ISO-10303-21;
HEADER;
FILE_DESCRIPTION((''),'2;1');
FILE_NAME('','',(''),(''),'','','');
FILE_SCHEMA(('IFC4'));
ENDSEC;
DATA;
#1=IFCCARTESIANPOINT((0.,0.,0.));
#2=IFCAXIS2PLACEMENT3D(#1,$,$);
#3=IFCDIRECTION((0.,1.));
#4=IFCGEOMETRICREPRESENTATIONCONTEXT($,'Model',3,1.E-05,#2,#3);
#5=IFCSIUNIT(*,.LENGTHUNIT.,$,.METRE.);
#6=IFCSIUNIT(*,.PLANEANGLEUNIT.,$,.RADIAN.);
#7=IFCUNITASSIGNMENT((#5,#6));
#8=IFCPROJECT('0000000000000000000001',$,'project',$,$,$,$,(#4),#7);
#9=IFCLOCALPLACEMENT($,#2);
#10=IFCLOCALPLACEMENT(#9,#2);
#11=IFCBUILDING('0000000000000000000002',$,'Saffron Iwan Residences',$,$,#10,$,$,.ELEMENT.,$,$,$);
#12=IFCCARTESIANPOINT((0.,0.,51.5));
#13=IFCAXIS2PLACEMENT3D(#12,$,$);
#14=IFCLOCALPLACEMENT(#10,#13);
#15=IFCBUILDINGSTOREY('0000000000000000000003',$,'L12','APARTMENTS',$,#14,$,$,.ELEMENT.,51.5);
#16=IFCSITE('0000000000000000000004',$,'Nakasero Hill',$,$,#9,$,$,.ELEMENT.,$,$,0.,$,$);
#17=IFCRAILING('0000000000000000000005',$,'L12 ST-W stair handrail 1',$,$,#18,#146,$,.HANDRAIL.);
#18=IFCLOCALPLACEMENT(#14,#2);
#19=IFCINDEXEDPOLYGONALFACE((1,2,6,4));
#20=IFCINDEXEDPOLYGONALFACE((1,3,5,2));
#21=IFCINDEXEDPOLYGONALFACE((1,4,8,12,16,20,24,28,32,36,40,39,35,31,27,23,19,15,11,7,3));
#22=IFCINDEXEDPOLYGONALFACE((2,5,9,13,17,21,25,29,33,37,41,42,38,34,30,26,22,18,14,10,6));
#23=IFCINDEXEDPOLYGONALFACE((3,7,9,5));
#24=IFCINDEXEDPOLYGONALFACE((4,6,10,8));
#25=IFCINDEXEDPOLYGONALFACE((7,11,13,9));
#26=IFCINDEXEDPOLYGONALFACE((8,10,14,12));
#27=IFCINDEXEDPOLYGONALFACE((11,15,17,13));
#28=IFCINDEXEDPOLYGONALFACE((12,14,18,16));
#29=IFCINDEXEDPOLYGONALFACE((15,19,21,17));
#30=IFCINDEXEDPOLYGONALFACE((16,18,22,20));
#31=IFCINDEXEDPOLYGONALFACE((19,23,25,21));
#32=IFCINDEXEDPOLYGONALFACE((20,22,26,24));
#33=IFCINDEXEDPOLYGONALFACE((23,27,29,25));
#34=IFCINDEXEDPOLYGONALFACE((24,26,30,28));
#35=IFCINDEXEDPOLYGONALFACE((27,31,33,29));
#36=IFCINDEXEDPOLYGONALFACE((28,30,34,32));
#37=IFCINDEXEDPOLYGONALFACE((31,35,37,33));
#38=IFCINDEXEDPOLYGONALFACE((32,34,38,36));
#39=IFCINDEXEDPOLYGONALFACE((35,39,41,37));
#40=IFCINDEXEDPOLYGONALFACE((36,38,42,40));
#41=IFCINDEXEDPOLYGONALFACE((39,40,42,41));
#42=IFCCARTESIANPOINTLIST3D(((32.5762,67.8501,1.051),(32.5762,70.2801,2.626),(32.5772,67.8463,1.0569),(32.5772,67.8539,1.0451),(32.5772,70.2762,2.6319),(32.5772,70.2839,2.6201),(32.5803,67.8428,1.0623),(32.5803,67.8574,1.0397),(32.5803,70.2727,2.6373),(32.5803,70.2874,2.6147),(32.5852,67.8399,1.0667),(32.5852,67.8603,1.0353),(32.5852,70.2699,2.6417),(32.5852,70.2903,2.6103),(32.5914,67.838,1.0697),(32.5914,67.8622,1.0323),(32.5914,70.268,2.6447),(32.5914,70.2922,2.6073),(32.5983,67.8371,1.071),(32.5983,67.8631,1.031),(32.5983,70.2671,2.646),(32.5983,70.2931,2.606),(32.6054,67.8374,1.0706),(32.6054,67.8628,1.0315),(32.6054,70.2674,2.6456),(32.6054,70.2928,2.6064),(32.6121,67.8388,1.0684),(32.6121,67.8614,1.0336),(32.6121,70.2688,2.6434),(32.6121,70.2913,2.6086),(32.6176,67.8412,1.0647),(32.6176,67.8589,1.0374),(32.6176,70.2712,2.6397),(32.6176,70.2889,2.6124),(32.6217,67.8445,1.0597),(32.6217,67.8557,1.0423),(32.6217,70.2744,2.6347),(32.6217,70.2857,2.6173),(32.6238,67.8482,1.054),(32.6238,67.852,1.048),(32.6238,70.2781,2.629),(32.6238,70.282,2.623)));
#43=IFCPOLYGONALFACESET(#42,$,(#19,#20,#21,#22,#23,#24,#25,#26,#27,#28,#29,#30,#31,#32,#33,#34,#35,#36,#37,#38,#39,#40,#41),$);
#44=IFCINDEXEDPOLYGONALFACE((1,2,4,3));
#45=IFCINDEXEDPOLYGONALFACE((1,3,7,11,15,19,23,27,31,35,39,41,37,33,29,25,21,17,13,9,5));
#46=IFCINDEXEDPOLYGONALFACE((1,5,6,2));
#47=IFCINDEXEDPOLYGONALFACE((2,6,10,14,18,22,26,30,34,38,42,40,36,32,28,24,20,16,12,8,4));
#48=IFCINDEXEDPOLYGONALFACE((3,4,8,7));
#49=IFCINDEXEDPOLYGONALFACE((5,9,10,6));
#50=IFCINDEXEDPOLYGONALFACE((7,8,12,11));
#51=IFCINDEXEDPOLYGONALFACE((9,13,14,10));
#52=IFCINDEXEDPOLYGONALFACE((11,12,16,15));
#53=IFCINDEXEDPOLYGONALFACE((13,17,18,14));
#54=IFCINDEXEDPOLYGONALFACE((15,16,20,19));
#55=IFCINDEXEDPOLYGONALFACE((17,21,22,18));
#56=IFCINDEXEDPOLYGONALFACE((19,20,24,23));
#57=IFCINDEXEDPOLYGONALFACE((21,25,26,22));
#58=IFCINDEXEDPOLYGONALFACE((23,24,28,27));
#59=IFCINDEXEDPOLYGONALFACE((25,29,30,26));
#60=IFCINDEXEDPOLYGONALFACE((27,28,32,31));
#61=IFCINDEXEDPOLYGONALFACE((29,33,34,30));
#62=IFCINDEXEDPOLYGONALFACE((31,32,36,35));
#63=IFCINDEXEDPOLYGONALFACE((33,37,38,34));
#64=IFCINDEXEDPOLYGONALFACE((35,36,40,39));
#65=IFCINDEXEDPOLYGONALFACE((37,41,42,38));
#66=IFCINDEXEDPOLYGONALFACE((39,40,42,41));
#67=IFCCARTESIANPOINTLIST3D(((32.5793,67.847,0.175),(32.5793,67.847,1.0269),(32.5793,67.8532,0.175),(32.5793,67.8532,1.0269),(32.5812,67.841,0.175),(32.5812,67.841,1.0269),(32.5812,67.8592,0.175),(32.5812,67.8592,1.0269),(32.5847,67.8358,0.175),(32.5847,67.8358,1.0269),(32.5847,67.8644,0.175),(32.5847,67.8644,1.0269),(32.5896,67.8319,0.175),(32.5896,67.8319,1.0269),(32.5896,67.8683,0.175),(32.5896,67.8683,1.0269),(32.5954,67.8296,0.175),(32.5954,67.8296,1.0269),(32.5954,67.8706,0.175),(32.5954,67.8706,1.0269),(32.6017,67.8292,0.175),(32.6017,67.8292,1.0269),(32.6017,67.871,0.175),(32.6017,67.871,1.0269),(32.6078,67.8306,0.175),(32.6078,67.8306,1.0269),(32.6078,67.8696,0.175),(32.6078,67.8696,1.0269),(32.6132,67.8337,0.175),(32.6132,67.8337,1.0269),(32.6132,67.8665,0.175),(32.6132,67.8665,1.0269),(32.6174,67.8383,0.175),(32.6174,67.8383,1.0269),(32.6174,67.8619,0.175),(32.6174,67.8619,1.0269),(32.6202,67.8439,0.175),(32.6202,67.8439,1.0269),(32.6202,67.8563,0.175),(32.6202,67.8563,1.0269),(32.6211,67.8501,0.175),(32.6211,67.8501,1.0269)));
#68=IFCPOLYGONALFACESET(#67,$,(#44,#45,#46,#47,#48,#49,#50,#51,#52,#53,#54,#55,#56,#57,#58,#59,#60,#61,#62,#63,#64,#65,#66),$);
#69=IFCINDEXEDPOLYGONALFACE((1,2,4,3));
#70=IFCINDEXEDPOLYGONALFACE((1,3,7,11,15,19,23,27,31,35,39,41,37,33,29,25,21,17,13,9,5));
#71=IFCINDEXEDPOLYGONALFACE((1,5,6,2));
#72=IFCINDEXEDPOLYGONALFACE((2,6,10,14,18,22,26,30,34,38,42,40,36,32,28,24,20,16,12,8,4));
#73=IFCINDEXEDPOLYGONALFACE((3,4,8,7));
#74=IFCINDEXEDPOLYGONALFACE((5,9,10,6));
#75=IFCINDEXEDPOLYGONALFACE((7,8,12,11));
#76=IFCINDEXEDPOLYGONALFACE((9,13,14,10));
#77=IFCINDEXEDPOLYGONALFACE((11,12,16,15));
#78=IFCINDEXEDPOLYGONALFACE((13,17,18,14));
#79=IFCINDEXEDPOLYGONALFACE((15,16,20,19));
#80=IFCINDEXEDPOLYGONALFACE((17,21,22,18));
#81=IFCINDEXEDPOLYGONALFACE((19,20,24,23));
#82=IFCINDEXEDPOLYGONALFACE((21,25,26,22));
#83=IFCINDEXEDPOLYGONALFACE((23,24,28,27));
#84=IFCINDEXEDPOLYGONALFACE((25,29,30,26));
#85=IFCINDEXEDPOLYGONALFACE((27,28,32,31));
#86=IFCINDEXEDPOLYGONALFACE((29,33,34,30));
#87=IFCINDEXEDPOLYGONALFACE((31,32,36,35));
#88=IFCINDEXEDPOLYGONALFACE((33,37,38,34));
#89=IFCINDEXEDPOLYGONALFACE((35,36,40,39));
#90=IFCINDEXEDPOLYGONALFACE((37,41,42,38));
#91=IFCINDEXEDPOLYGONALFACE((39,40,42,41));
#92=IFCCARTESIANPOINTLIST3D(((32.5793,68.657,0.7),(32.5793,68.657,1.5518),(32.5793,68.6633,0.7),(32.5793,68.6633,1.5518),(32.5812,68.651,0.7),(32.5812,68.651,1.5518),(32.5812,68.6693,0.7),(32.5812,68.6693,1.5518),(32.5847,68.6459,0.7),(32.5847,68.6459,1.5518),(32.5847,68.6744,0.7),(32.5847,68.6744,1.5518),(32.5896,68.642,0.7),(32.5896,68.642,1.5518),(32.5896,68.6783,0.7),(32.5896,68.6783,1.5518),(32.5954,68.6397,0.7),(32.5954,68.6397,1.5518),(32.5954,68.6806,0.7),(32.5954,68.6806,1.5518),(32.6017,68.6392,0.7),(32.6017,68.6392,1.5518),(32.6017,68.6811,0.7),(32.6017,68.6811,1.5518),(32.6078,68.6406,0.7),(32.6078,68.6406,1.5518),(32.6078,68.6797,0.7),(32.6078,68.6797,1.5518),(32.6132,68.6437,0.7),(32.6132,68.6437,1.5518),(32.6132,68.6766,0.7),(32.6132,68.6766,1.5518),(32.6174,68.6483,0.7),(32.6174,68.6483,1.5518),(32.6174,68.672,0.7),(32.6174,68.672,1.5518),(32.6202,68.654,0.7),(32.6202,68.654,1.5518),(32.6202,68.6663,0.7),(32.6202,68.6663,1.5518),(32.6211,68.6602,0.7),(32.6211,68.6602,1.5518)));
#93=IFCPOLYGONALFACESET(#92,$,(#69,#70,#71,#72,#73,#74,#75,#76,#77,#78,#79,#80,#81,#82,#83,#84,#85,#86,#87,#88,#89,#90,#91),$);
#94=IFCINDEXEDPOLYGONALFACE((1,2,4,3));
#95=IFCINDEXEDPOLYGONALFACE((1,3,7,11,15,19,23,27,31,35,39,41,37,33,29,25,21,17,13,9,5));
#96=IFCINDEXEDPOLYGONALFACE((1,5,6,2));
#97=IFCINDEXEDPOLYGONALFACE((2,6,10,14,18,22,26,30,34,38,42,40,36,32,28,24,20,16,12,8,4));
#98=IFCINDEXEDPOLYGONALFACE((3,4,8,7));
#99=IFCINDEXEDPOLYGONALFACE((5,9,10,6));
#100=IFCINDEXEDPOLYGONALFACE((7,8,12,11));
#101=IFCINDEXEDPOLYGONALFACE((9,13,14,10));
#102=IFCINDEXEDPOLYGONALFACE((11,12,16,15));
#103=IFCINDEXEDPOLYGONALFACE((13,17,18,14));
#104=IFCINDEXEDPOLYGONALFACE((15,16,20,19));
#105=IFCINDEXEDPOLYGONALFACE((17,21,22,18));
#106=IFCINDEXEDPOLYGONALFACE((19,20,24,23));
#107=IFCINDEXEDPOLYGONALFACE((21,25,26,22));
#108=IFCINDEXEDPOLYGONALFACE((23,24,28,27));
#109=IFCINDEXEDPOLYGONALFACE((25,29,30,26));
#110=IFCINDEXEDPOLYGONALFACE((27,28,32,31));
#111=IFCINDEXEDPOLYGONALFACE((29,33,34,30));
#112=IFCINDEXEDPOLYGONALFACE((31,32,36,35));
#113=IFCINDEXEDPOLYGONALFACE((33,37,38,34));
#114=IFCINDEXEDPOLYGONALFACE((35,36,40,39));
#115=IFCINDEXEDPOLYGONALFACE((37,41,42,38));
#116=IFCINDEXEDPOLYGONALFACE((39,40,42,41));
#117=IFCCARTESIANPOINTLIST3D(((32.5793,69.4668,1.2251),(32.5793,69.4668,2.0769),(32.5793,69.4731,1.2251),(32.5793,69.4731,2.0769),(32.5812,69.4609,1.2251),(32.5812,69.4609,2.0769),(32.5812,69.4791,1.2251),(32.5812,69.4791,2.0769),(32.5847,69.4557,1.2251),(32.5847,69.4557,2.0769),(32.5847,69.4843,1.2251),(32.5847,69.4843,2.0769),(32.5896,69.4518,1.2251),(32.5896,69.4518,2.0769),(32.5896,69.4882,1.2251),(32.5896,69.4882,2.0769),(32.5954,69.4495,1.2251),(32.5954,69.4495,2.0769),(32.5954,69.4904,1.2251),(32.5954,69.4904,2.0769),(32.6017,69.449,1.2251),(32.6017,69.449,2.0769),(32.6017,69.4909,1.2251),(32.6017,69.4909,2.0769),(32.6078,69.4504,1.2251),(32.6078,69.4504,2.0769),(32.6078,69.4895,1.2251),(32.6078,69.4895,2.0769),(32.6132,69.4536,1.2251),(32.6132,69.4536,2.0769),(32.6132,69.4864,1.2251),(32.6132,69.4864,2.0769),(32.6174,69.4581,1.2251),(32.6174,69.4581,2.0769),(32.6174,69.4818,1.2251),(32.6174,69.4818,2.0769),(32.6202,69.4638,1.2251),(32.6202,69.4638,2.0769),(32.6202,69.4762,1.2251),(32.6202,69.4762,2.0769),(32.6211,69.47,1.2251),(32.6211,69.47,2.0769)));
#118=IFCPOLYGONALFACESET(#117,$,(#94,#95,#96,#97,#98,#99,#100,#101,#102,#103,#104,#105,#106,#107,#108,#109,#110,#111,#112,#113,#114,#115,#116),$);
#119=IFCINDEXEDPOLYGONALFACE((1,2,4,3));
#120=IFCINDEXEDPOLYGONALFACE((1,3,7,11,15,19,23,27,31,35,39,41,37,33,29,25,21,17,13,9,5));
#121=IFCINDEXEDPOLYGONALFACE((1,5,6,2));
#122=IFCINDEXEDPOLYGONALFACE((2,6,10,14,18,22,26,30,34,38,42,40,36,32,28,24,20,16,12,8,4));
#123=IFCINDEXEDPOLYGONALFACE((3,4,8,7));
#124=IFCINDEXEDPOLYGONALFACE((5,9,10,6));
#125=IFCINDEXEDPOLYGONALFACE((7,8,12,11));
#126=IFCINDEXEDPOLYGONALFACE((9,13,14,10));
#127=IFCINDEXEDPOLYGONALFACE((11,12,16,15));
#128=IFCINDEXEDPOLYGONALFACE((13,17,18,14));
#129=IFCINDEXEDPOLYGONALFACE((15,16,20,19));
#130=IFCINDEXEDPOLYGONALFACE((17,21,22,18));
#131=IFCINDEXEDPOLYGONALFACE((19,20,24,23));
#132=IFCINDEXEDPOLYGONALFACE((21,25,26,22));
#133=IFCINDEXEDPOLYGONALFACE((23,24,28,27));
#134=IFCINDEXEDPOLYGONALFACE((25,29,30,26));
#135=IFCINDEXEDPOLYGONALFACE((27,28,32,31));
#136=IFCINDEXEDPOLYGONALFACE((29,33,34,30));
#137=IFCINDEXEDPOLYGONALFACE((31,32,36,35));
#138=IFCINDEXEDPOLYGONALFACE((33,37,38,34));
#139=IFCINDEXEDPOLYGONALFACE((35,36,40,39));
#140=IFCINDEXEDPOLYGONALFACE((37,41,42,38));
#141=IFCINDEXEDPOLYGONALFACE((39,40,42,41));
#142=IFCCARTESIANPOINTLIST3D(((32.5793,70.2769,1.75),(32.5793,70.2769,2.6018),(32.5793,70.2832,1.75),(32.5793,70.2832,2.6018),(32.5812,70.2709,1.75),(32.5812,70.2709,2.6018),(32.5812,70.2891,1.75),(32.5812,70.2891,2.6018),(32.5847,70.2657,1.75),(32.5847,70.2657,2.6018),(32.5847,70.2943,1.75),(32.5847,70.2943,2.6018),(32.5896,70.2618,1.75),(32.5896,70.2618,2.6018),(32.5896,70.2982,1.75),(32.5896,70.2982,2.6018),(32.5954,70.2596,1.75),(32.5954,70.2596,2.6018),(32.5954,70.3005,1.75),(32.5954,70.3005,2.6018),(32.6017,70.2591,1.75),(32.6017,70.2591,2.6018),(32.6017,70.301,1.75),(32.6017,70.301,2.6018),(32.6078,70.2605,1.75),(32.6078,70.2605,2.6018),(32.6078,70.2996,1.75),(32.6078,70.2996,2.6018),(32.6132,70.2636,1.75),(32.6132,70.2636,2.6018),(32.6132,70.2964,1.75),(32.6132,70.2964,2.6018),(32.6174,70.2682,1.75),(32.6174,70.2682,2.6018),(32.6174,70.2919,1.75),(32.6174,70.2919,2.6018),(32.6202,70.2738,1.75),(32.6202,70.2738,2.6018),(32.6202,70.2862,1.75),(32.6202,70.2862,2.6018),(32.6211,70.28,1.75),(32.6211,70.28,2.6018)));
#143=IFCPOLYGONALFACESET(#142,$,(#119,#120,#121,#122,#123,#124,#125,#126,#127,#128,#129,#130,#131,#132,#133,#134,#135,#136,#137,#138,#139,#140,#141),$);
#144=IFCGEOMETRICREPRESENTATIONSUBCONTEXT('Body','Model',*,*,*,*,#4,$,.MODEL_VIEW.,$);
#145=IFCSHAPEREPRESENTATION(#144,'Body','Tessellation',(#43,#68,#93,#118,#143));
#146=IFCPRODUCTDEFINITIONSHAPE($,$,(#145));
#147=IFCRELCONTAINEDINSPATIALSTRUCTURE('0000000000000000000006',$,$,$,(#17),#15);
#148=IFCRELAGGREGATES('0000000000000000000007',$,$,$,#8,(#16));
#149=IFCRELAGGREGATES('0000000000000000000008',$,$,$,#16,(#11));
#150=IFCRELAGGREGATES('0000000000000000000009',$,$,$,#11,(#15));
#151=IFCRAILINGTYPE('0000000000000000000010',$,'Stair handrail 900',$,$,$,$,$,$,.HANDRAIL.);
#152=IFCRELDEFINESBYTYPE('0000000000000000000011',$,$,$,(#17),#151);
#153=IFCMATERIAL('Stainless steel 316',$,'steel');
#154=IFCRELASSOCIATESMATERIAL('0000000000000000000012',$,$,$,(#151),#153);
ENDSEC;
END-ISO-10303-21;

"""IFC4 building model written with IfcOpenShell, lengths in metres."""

from ifc_helpers import new_model, si_unit, direction, frame, origin, origin_2d, place, context, subcontext, project, spatial, circle, extrude, material, type_object, element, save


model = new_model("IFC4")

# Units and contexts
model_context = context("Model", 3, precision=1e-05, world=origin(), true_north=direction((0.0, 1.0)))
body_context = subcontext(model_context, "Body", "Model", "MODEL_VIEW")
ifc_project = project(units=[si_unit("LENGTHUNIT", "METRE"), si_unit("PLANEANGLEUNIT", "RADIAN")], contexts=[model_context])

# Site, building, storey
site_placement = place(None, origin())
site = spatial("IfcSite", under=ifc_project, at=site_placement, Name="Nakasero Hill", CompositionType="ELEMENT", RefElevation=0.0)
building_placement = place(site_placement, origin())
building = spatial("IfcBuilding", under=site, at=building_placement, Name="Saffron Iwan Residences", CompositionType="ELEMENT")
storey_placement = place(building_placement, frame((0.0, 0.0, 51.5)))
storey = spatial("IfcBuildingStorey", under=building, at=storey_placement, Name="L12", Description="APARTMENTS", CompositionType="ELEMENT", Elevation=51.5)

# Railing
ifc_material_1 = material(Name="Stainless steel 316", Category="steel")
railing_type_1 = type_object("IfcRailingType", Name="Stair handrail 900", PredefinedType="HANDRAIL", material=ifc_material_1)
railing_1_placement = place(storey_placement, frame((32.6001, 67.8501, 0.175)))
element("IfcRailing", 1, at=railing_1_placement, inside=storey, type_object=railing_type_1, Name="L12 ST-W stair handrail 1", PredefinedType="HANDRAIL", context=body_context, shape_type="SweptSolid", body=[
    extrude(circle(Radius=0.0239, at=origin_2d()), frame((0.0, 0.0, 0.876), z_axis=(0.0, 0.839154, 0.543894), x_axis=(-1.0, 0.0, 0.0)), (0.0, 0.0, 1.0), 2.8958),
    extrude(circle(Radius=0.021, at=origin_2d()), origin(), (0.0, 0.0, 1.0), 0.8518),
    extrude(circle(Radius=0.021, at=origin_2d()), frame((0.0, 0.8101, 0.5249)), (0.0, 0.0, 1.0), 0.8518),
    extrude(circle(Radius=0.021, at=origin_2d()), frame((0.0, 1.6199, 1.05)), (0.0, 0.0, 1.0), 0.8518),
    extrude(circle(Radius=0.021, at=origin_2d()), frame((0.0, 2.4299, 1.575)), (0.0, 0.0, 1.0), 0.8518),
])

save(model, "model.ifc")
